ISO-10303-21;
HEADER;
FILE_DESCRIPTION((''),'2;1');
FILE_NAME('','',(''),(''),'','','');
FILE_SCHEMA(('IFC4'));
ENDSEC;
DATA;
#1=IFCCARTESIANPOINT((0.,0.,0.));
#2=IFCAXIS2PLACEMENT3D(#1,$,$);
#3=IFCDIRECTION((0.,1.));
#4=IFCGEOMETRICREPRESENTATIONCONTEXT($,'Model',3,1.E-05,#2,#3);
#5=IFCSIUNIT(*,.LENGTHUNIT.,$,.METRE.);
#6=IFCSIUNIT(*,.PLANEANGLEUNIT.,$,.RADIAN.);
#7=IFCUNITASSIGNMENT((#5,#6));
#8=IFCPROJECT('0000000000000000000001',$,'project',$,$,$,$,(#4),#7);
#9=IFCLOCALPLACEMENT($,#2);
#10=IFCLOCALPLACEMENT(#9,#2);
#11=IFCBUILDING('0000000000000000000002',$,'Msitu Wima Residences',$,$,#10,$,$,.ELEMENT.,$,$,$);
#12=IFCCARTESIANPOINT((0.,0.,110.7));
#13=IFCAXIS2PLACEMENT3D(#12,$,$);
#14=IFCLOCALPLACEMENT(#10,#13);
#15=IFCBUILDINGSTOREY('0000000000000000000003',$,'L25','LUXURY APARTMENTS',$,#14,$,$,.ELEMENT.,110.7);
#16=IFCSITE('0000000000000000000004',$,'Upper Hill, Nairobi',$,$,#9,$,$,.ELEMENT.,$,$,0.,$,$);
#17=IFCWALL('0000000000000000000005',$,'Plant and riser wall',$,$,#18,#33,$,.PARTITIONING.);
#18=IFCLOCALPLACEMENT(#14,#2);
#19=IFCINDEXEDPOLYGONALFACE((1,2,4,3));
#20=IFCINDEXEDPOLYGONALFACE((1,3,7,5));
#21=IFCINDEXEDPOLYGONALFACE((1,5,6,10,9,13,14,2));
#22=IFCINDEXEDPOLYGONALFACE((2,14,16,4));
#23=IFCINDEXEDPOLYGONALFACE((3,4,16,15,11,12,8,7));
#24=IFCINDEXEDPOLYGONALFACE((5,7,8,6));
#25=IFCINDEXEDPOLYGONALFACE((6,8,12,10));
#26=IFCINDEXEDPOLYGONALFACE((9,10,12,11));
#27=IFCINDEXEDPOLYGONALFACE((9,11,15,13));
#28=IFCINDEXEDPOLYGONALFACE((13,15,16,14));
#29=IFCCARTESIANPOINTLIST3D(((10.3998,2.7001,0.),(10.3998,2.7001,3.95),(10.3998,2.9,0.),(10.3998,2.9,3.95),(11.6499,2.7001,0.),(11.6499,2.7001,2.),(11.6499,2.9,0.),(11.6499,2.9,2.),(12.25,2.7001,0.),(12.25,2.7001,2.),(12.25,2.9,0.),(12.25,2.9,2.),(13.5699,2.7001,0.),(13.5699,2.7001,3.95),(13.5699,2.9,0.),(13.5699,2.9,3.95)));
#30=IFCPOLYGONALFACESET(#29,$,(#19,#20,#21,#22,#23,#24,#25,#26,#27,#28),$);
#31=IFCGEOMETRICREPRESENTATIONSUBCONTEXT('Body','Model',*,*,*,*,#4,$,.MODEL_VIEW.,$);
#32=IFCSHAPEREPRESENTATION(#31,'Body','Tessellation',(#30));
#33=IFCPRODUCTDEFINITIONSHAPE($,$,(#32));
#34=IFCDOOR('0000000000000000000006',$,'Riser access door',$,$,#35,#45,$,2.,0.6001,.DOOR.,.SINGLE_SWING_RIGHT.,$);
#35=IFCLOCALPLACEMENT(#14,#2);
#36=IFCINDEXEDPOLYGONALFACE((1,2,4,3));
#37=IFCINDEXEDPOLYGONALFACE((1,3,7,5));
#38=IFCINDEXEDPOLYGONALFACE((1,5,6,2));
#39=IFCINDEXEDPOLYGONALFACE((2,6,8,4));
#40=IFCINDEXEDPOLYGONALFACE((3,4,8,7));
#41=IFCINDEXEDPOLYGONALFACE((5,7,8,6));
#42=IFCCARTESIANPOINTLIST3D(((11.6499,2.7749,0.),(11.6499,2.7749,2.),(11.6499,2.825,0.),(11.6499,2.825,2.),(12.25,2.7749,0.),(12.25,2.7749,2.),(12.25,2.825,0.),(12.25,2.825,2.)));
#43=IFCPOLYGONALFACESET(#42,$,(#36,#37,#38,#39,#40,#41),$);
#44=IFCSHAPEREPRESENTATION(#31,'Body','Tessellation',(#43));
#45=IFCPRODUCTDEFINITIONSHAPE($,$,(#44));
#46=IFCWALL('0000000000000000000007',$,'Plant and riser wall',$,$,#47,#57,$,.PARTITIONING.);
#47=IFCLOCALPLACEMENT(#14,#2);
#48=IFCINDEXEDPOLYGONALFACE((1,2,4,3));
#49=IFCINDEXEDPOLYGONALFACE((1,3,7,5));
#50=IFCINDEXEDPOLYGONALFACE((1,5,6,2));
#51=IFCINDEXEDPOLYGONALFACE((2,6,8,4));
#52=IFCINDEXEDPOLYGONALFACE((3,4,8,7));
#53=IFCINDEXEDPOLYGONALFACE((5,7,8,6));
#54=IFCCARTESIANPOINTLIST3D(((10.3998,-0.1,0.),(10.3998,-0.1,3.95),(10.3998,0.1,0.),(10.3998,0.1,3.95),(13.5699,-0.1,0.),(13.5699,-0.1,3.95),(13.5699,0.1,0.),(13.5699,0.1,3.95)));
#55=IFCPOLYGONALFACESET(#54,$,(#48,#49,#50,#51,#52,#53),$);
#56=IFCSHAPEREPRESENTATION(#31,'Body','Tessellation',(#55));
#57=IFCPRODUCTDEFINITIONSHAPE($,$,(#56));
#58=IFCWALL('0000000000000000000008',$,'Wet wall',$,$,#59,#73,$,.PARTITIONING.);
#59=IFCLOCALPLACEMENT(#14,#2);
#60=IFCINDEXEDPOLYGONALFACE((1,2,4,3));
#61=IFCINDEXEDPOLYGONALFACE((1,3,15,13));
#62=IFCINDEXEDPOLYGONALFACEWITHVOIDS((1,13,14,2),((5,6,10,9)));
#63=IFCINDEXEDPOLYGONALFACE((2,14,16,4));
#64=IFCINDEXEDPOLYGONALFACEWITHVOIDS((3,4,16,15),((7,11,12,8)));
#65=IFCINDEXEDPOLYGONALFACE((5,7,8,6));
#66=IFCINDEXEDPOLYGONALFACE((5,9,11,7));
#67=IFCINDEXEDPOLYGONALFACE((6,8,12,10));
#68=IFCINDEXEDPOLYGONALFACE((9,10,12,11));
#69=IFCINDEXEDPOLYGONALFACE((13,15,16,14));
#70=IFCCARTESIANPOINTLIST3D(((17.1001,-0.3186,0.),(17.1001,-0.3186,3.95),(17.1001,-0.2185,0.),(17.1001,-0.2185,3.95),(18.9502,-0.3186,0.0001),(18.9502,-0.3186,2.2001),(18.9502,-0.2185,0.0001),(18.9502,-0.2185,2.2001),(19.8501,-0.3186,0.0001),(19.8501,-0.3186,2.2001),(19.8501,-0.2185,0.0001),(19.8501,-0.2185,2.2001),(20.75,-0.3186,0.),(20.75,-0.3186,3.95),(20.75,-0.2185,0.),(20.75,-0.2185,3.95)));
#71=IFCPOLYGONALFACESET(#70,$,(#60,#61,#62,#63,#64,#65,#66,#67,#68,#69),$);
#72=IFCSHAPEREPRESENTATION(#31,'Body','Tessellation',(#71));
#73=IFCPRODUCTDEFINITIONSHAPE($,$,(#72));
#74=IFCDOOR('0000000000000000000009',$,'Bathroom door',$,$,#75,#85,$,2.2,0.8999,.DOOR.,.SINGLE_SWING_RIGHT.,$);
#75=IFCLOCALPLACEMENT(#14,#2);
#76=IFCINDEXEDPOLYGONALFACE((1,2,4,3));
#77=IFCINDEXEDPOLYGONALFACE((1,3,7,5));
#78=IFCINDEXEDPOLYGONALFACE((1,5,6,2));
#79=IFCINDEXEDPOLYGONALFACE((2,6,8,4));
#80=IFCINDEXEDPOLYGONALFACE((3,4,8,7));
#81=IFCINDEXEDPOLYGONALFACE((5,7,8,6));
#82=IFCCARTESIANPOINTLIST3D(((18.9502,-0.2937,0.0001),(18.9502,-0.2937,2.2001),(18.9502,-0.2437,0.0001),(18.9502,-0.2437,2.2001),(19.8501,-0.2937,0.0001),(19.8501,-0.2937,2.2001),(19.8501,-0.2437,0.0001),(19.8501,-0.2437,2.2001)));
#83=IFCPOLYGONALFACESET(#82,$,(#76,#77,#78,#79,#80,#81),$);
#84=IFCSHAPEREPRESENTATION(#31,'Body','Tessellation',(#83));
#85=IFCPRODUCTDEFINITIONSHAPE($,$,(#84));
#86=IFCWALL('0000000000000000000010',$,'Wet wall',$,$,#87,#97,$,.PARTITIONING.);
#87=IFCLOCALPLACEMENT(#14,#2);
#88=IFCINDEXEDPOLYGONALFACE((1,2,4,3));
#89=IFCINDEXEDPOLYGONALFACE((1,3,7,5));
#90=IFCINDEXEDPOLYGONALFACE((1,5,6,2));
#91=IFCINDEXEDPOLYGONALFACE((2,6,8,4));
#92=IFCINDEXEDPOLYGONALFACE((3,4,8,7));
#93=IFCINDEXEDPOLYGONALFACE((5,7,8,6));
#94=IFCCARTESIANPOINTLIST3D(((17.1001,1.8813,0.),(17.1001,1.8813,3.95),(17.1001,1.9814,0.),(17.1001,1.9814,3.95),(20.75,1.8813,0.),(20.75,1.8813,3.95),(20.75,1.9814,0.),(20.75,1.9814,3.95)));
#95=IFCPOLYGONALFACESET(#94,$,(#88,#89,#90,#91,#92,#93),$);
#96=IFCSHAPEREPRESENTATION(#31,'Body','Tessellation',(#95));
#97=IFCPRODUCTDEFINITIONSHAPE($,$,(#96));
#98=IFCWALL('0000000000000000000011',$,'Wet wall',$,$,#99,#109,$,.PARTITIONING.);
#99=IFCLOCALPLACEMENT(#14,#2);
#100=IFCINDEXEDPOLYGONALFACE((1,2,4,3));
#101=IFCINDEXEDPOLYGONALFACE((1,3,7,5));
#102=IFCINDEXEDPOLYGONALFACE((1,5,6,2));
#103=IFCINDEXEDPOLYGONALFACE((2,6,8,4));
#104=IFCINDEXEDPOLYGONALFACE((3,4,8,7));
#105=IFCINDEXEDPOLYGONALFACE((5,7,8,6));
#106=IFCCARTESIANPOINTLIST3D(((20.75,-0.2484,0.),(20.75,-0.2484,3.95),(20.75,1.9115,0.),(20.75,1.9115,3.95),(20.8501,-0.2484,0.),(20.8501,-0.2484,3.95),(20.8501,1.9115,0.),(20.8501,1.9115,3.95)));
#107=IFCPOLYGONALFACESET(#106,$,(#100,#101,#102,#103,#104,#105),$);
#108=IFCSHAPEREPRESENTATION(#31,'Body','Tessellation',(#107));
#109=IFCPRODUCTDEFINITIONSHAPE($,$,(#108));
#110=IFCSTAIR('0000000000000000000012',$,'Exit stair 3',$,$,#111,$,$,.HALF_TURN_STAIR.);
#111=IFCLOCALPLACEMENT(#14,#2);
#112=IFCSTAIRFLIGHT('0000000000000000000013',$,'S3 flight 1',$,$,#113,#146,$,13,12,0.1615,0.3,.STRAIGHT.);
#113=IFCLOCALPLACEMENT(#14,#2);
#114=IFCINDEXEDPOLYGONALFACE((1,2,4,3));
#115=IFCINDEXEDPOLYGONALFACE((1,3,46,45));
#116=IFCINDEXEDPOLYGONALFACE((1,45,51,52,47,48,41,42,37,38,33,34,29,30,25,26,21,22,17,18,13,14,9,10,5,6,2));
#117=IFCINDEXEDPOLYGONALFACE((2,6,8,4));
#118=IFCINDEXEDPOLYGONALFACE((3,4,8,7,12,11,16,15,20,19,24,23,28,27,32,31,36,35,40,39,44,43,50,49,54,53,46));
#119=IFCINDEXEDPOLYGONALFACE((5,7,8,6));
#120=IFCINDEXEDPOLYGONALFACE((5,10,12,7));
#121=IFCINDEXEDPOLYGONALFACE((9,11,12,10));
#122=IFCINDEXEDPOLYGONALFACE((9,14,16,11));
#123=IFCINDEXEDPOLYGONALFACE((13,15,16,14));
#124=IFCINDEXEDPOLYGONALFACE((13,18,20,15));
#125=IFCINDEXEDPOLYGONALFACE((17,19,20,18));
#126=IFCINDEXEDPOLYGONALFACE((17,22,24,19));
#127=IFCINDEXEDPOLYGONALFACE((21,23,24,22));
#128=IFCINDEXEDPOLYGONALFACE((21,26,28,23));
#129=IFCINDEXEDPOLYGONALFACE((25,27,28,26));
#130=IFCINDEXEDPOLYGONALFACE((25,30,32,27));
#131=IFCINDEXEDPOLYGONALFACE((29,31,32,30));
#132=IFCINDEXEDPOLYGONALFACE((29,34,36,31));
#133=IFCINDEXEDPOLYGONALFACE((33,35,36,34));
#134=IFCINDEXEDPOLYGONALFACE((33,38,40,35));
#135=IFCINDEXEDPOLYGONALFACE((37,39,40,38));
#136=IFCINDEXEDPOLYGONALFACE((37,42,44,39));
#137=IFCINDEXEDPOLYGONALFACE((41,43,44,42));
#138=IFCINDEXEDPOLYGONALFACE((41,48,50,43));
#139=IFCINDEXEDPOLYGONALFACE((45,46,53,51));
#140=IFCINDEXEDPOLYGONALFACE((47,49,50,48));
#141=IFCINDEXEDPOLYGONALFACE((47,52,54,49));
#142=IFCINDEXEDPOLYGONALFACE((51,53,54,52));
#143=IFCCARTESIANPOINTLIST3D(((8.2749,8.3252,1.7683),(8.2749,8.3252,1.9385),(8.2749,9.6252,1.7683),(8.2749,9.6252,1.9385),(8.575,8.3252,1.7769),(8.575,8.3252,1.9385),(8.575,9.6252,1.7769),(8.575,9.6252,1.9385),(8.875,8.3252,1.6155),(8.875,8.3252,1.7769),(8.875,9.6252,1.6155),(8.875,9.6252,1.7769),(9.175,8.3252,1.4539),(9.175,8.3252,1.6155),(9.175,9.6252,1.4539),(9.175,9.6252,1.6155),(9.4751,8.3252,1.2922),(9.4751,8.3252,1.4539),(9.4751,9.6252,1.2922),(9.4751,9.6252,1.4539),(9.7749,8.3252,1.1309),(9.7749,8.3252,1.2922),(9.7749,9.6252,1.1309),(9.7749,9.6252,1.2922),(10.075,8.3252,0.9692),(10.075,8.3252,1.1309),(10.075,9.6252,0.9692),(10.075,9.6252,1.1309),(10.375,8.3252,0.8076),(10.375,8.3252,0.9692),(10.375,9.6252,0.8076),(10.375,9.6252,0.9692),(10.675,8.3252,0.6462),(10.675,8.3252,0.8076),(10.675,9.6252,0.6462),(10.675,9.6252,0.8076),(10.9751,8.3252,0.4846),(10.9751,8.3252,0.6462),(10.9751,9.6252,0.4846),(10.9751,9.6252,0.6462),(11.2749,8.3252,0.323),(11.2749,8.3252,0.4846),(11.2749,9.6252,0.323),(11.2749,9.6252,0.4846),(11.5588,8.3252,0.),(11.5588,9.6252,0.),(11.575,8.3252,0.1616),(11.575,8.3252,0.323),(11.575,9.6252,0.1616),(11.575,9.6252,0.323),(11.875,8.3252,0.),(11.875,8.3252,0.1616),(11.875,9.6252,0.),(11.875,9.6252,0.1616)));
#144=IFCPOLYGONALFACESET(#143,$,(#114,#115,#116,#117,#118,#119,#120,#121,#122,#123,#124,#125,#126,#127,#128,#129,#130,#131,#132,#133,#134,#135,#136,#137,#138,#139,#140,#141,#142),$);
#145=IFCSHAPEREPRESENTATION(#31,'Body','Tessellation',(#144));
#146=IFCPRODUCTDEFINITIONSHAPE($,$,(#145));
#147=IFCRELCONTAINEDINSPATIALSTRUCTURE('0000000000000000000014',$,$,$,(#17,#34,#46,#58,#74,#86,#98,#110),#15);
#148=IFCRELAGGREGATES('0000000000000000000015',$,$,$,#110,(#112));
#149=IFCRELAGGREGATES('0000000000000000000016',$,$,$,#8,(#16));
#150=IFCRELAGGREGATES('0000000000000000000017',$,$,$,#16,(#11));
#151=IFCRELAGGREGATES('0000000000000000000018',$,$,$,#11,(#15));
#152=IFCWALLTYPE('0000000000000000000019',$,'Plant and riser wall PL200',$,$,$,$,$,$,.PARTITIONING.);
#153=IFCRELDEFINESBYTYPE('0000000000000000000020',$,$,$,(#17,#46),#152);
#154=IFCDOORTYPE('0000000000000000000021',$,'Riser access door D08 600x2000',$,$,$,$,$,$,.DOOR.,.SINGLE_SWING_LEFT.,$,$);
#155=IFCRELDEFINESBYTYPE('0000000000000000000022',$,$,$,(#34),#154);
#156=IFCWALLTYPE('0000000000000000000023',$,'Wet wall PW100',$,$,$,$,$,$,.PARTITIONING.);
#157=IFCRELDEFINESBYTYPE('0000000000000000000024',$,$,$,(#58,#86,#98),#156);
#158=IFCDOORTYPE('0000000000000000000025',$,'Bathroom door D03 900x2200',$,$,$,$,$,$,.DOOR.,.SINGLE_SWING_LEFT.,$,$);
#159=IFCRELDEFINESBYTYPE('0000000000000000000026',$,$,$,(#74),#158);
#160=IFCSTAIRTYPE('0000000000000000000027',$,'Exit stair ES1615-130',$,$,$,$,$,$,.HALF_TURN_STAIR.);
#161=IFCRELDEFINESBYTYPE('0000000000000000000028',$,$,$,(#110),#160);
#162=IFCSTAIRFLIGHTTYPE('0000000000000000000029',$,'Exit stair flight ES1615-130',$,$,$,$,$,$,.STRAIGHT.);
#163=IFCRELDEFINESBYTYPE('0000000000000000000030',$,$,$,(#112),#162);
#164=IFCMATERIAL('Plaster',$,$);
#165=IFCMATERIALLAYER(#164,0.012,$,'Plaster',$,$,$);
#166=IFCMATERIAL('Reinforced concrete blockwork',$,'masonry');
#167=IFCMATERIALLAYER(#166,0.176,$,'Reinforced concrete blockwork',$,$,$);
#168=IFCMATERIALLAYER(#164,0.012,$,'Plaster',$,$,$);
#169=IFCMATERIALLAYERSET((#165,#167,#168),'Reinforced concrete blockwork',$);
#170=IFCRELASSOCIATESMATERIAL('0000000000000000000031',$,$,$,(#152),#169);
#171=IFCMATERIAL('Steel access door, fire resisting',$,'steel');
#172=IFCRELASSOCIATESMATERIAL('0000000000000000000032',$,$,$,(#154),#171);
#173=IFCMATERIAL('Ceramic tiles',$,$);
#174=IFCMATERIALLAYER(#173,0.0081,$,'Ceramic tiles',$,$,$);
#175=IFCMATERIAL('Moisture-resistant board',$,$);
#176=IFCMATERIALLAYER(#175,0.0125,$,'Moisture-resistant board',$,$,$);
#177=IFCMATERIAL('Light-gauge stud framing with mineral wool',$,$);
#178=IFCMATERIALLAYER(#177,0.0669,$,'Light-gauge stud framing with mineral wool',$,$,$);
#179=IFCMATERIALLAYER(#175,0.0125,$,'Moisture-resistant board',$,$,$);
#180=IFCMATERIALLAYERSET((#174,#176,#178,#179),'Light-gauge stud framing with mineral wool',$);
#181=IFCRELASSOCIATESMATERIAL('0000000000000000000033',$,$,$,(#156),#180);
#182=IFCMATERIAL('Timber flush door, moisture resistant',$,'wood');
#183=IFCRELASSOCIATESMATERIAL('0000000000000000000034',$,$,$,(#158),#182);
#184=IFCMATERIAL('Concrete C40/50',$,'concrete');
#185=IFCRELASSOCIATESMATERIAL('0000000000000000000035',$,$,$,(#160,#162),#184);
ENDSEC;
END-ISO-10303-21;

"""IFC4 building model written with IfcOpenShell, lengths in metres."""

from ifc_helpers import new_model, si_unit, direction, frame, frame_2d, origin, place, context, subcontext, project, spatial, polyline, rectangle, outline, extrude, material, layer, layer_set, type_object, element, fill, aggregate, save


model = new_model("IFC4")

# Units and contexts
model_context = context("Model", 3, precision=1e-05, world=origin(), true_north=direction((0.0, 1.0)))
body_context = subcontext(model_context, "Body", "Model", "MODEL_VIEW")
ifc_project = project(units=[si_unit("LENGTHUNIT", "METRE"), si_unit("PLANEANGLEUNIT", "RADIAN")], contexts=[model_context])

# Site, building, storey
site_placement = place(None, origin())
site = spatial("IfcSite", under=ifc_project, at=site_placement, Name="Upper Hill, Nairobi", CompositionType="ELEMENT", RefElevation=0.0)
building_placement = place(site_placement, origin())
building = spatial("IfcBuilding", under=site, at=building_placement, Name="Msitu Wima Residences", CompositionType="ELEMENT")
storey_placement = place(building_placement, frame((0.0, 0.0, 110.7)))
storey = spatial("IfcBuildingStorey", under=building, at=storey_placement, Name="L25", Description="LUXURY APARTMENTS", CompositionType="ELEMENT", Elevation=110.7)

# Shared definitions
ifc_material_1 = material(Name="Concrete C40/50", Category="concrete")

# Shared definitions
ifc_material_2 = material(Name="Plaster")

# Wall, opening, door
ifc_layer_1 = layer(ifc_material_2, 0.012, Name="Plaster")
ifc_material_3 = material(Name="Reinforced concrete blockwork", Category="masonry")
ifc_layer_2 = layer(ifc_material_3, 0.176, Name="Reinforced concrete blockwork")
ifc_layer_3 = layer(ifc_material_2, 0.012, Name="Plaster")
ifc_layer_set_1 = layer_set([ifc_layer_1, ifc_layer_2, ifc_layer_3], Name="Reinforced concrete blockwork")
wall_type_1 = type_object("IfcWallType", Name="Plant and riser wall PL200", PredefinedType="PARTITIONING", material=ifc_layer_set_1)
wall_1_placement = place(storey_placement, frame((10.3999, 2.8, 0.0), z_axis=(0.0, 0.0, 1.0), x_axis=(1.0, 0.0, 0.0)))
wall_1 = element("IfcWall", 1, at=wall_1_placement, inside=storey, type_object=wall_type_1, Name="Plant and riser wall", PredefinedType="PARTITIONING", context=body_context, shape_type="SweptSolid", body=[
    extrude(rectangle(XDim=3.1702, YDim=0.2, at=frame_2d((1.585, 0.0))), origin(), (0.0, 0.0, 1.0), 3.95),
])
opening_1_placement = place(wall_1_placement, frame((1.25, 0.0, 0.0)))
opening_1 = element("IfcOpeningElement", 2, at=opening_1_placement, cuts=wall_1, PredefinedType="OPENING", context=body_context, shape_type="SweptSolid", body=[
    extrude(rectangle(XDim=0.6001, YDim=2.0, at=frame_2d((0.3, 1.0))), frame((0.0, 0.1099, 0.0), z_axis=(0.0, -1.0, 0.0), x_axis=(1.0, 0.0, 0.0)), (0.0, 0.0, 1.0), 0.22),
])
ifc_material_4 = material(Name="Steel access door, fire resisting", Category="steel")
door_type_1 = type_object("IfcDoorType", Name="Riser access door D08 600x2000", OperationType="SINGLE_SWING_LEFT", PredefinedType="DOOR", material=ifc_material_4)
door_1_placement = place(opening_1_placement, origin())
door_1 = element("IfcDoor", 3, at=door_1_placement, inside=storey, type_object=door_type_1, Name="Riser access door", OperationType="SINGLE_SWING_RIGHT", OverallHeight=2.0, OverallWidth=0.6001, PredefinedType="DOOR", context=body_context, shape_type="SweptSolid", body=[
    extrude(rectangle(XDim=0.6001, YDim=2.0, at=frame_2d((0.3, 1.0))), frame((0.0, 0.0249, 0.0), z_axis=(0.0, -1.0, 0.0), x_axis=(1.0, 0.0, 0.0)), (0.0, 0.0, 1.0), 0.05),
])
fill(opening_1, door_1)

# Wall
wall_2_placement = place(storey_placement, frame((10.3999, 0.0, 0.0), z_axis=(0.0, 0.0, 1.0), x_axis=(1.0, 0.0, 0.0)))
element("IfcWall", 4, at=wall_2_placement, inside=storey, type_object=wall_type_1, Name="Plant and riser wall", PredefinedType="PARTITIONING", context=body_context, shape_type="SweptSolid", body=[
    extrude(rectangle(XDim=3.1702, YDim=0.2, at=frame_2d((1.585, 0.0))), origin(), (0.0, 0.0, 1.0), 3.95),
])

# Wall, opening, door
ifc_material_5 = material(Name="Ceramic tiles")
ifc_layer_4 = layer(ifc_material_5, 0.0081, Name="Ceramic tiles")
ifc_material_6 = material(Name="Moisture-resistant board")
ifc_layer_5 = layer(ifc_material_6, 0.0125, Name="Moisture-resistant board")
ifc_material_7 = material(Name="Light-gauge stud framing with mineral wool")
ifc_layer_6 = layer(ifc_material_7, 0.0669, Name="Light-gauge stud framing with mineral wool")
ifc_layer_7 = layer(ifc_material_6, 0.0125, Name="Moisture-resistant board")
ifc_layer_set_2 = layer_set([ifc_layer_4, ifc_layer_5, ifc_layer_6, ifc_layer_7], Name="Light-gauge stud framing with mineral wool")
wall_type_2 = type_object("IfcWallType", Name="Wet wall PW100", PredefinedType="PARTITIONING", material=ifc_layer_set_2)
wall_3_placement = place(storey_placement, frame((17.1001, -0.2686, 0.0), z_axis=(0.0, 0.0, 1.0), x_axis=(1.0, 0.0, 0.0)))
wall_3 = element("IfcWall", 5, at=wall_3_placement, inside=storey, type_object=wall_type_2, Name="Wet wall", PredefinedType="PARTITIONING", context=body_context, shape_type="SweptSolid", body=[
    extrude(rectangle(XDim=3.6499, YDim=0.1001, at=frame_2d((1.825, 0.0))), origin(), (0.0, 0.0, 1.0), 3.95),
])
opening_2_placement = place(wall_3_placement, frame((1.8501, 0.0, 0.0)))
opening_2 = element("IfcOpeningElement", 6, at=opening_2_placement, cuts=wall_3, PredefinedType="OPENING", context=body_context, shape_type="SweptSolid", body=[
    extrude(rectangle(XDim=0.8999, YDim=2.2, at=frame_2d((0.45, 1.1001))), frame((0.0, 0.0601, 0.0), z_axis=(0.0, -1.0, 0.0), x_axis=(1.0, 0.0, 0.0)), (0.0, 0.0, 1.0), 0.1201),
])
ifc_material_8 = material(Name="Timber flush door, moisture resistant", Category="wood")
door_type_2 = type_object("IfcDoorType", Name="Bathroom door D03 900x2200", OperationType="SINGLE_SWING_LEFT", PredefinedType="DOOR", material=ifc_material_8)
door_2_placement = place(opening_2_placement, origin())
door_2 = element("IfcDoor", 7, at=door_2_placement, inside=storey, type_object=door_type_2, Name="Bathroom door", OperationType="SINGLE_SWING_RIGHT", OverallHeight=2.2, OverallWidth=0.8999, PredefinedType="DOOR", context=body_context, shape_type="SweptSolid", body=[
    extrude(rectangle(XDim=0.8999, YDim=2.2, at=frame_2d((0.45, 1.1001))), frame((0.0, 0.0249, 0.0), z_axis=(0.0, -1.0, 0.0), x_axis=(1.0, 0.0, 0.0)), (0.0, 0.0, 1.0), 0.05),
])
fill(opening_2, door_2)

# Walls
wall_4_placement = place(storey_placement, frame((17.1001, 1.9314, 0.0), z_axis=(0.0, 0.0, 1.0), x_axis=(1.0, 0.0, 0.0)))
element("IfcWall", 8, at=wall_4_placement, inside=storey, type_object=wall_type_2, Name="Wet wall", PredefinedType="PARTITIONING", context=body_context, shape_type="SweptSolid", body=[
    extrude(rectangle(XDim=3.6499, YDim=0.1001, at=frame_2d((1.825, 0.0))), origin(), (0.0, 0.0, 1.0), 3.95),
])
wall_5_placement = place(storey_placement, frame((20.8, -0.2485, 0.0), z_axis=(0.0, 0.0, 1.0), x_axis=(0.0, 1.0, 0.0)))
element("IfcWall", 9, at=wall_5_placement, inside=storey, type_object=wall_type_2, Name="Wet wall", PredefinedType="PARTITIONING", context=body_context, shape_type="SweptSolid", body=[
    extrude(rectangle(XDim=2.1599, YDim=0.1001, at=frame_2d((1.0801, 0.0))), origin(), (0.0, 0.0, 1.0), 3.95),
])

# Stair, stair flight
stair_type = type_object("IfcStairType", Name="Exit stair ES1615-130", PredefinedType="HALF_TURN_STAIR", material=ifc_material_1)
stair_placement = place(storey_placement, origin())
stair = element("IfcStair", 10, at=stair_placement, inside=storey, type_object=stair_type, Name="Exit stair 3", PredefinedType="HALF_TURN_STAIR")
stair_flight_type = type_object("IfcStairFlightType", Name="Exit stair flight ES1615-130", PredefinedType="STRAIGHT", material=ifc_material_1)
stair_flight_placement = place(storey_placement, frame((11.875, 8.9751, 0.0), z_axis=(0.0, 0.0, 1.0), x_axis=(-1.0, 0.0, 0.0)))
stair_flight = element("IfcStairFlight", 11, at=stair_flight_placement, type_object=stair_flight_type, Name="S3 flight 1", NumberOfRisers=13, NumberOfTreads=12, PredefinedType="STRAIGHT", RiserHeight=0.1615, TreadLength=0.3, context=body_context, shape_type="SweptSolid", body=[
    extrude(outline(polyline([(0.0, 0.0), (0.0, 0.1616), (0.3, 0.1616), (0.3, 0.323), (0.6001, 0.323), (0.6001, 0.4846), (0.8999, 0.4846), (0.8999, 0.6462), (1.2, 0.6462), (1.2, 0.8076), (1.5, 0.8076), (1.5, 0.9692), (1.8, 0.9692), (1.8, 1.1309), (2.1001, 1.1309), (2.1001, 1.2922), (2.3999, 1.2922), (2.3999, 1.4539), (2.7, 1.4539), (2.7, 1.6155), (3.0, 1.6155), (3.0, 1.7769), (3.3, 1.7769), (3.3, 1.9385), (3.6001, 1.9385), (3.6001, 2.1001), (3.6001, 1.7683), (0.3162, 0.0), (0.0, 0.0)])), frame((0.0, 0.6499, 0.0), z_axis=(0.0, -1.0, 0.0), x_axis=(1.0, 0.0, 0.0)), (0.0, 0.0, 1.0), 1.3),
])
aggregate(stair, [stair_flight])

save(model, "model.ifc")
